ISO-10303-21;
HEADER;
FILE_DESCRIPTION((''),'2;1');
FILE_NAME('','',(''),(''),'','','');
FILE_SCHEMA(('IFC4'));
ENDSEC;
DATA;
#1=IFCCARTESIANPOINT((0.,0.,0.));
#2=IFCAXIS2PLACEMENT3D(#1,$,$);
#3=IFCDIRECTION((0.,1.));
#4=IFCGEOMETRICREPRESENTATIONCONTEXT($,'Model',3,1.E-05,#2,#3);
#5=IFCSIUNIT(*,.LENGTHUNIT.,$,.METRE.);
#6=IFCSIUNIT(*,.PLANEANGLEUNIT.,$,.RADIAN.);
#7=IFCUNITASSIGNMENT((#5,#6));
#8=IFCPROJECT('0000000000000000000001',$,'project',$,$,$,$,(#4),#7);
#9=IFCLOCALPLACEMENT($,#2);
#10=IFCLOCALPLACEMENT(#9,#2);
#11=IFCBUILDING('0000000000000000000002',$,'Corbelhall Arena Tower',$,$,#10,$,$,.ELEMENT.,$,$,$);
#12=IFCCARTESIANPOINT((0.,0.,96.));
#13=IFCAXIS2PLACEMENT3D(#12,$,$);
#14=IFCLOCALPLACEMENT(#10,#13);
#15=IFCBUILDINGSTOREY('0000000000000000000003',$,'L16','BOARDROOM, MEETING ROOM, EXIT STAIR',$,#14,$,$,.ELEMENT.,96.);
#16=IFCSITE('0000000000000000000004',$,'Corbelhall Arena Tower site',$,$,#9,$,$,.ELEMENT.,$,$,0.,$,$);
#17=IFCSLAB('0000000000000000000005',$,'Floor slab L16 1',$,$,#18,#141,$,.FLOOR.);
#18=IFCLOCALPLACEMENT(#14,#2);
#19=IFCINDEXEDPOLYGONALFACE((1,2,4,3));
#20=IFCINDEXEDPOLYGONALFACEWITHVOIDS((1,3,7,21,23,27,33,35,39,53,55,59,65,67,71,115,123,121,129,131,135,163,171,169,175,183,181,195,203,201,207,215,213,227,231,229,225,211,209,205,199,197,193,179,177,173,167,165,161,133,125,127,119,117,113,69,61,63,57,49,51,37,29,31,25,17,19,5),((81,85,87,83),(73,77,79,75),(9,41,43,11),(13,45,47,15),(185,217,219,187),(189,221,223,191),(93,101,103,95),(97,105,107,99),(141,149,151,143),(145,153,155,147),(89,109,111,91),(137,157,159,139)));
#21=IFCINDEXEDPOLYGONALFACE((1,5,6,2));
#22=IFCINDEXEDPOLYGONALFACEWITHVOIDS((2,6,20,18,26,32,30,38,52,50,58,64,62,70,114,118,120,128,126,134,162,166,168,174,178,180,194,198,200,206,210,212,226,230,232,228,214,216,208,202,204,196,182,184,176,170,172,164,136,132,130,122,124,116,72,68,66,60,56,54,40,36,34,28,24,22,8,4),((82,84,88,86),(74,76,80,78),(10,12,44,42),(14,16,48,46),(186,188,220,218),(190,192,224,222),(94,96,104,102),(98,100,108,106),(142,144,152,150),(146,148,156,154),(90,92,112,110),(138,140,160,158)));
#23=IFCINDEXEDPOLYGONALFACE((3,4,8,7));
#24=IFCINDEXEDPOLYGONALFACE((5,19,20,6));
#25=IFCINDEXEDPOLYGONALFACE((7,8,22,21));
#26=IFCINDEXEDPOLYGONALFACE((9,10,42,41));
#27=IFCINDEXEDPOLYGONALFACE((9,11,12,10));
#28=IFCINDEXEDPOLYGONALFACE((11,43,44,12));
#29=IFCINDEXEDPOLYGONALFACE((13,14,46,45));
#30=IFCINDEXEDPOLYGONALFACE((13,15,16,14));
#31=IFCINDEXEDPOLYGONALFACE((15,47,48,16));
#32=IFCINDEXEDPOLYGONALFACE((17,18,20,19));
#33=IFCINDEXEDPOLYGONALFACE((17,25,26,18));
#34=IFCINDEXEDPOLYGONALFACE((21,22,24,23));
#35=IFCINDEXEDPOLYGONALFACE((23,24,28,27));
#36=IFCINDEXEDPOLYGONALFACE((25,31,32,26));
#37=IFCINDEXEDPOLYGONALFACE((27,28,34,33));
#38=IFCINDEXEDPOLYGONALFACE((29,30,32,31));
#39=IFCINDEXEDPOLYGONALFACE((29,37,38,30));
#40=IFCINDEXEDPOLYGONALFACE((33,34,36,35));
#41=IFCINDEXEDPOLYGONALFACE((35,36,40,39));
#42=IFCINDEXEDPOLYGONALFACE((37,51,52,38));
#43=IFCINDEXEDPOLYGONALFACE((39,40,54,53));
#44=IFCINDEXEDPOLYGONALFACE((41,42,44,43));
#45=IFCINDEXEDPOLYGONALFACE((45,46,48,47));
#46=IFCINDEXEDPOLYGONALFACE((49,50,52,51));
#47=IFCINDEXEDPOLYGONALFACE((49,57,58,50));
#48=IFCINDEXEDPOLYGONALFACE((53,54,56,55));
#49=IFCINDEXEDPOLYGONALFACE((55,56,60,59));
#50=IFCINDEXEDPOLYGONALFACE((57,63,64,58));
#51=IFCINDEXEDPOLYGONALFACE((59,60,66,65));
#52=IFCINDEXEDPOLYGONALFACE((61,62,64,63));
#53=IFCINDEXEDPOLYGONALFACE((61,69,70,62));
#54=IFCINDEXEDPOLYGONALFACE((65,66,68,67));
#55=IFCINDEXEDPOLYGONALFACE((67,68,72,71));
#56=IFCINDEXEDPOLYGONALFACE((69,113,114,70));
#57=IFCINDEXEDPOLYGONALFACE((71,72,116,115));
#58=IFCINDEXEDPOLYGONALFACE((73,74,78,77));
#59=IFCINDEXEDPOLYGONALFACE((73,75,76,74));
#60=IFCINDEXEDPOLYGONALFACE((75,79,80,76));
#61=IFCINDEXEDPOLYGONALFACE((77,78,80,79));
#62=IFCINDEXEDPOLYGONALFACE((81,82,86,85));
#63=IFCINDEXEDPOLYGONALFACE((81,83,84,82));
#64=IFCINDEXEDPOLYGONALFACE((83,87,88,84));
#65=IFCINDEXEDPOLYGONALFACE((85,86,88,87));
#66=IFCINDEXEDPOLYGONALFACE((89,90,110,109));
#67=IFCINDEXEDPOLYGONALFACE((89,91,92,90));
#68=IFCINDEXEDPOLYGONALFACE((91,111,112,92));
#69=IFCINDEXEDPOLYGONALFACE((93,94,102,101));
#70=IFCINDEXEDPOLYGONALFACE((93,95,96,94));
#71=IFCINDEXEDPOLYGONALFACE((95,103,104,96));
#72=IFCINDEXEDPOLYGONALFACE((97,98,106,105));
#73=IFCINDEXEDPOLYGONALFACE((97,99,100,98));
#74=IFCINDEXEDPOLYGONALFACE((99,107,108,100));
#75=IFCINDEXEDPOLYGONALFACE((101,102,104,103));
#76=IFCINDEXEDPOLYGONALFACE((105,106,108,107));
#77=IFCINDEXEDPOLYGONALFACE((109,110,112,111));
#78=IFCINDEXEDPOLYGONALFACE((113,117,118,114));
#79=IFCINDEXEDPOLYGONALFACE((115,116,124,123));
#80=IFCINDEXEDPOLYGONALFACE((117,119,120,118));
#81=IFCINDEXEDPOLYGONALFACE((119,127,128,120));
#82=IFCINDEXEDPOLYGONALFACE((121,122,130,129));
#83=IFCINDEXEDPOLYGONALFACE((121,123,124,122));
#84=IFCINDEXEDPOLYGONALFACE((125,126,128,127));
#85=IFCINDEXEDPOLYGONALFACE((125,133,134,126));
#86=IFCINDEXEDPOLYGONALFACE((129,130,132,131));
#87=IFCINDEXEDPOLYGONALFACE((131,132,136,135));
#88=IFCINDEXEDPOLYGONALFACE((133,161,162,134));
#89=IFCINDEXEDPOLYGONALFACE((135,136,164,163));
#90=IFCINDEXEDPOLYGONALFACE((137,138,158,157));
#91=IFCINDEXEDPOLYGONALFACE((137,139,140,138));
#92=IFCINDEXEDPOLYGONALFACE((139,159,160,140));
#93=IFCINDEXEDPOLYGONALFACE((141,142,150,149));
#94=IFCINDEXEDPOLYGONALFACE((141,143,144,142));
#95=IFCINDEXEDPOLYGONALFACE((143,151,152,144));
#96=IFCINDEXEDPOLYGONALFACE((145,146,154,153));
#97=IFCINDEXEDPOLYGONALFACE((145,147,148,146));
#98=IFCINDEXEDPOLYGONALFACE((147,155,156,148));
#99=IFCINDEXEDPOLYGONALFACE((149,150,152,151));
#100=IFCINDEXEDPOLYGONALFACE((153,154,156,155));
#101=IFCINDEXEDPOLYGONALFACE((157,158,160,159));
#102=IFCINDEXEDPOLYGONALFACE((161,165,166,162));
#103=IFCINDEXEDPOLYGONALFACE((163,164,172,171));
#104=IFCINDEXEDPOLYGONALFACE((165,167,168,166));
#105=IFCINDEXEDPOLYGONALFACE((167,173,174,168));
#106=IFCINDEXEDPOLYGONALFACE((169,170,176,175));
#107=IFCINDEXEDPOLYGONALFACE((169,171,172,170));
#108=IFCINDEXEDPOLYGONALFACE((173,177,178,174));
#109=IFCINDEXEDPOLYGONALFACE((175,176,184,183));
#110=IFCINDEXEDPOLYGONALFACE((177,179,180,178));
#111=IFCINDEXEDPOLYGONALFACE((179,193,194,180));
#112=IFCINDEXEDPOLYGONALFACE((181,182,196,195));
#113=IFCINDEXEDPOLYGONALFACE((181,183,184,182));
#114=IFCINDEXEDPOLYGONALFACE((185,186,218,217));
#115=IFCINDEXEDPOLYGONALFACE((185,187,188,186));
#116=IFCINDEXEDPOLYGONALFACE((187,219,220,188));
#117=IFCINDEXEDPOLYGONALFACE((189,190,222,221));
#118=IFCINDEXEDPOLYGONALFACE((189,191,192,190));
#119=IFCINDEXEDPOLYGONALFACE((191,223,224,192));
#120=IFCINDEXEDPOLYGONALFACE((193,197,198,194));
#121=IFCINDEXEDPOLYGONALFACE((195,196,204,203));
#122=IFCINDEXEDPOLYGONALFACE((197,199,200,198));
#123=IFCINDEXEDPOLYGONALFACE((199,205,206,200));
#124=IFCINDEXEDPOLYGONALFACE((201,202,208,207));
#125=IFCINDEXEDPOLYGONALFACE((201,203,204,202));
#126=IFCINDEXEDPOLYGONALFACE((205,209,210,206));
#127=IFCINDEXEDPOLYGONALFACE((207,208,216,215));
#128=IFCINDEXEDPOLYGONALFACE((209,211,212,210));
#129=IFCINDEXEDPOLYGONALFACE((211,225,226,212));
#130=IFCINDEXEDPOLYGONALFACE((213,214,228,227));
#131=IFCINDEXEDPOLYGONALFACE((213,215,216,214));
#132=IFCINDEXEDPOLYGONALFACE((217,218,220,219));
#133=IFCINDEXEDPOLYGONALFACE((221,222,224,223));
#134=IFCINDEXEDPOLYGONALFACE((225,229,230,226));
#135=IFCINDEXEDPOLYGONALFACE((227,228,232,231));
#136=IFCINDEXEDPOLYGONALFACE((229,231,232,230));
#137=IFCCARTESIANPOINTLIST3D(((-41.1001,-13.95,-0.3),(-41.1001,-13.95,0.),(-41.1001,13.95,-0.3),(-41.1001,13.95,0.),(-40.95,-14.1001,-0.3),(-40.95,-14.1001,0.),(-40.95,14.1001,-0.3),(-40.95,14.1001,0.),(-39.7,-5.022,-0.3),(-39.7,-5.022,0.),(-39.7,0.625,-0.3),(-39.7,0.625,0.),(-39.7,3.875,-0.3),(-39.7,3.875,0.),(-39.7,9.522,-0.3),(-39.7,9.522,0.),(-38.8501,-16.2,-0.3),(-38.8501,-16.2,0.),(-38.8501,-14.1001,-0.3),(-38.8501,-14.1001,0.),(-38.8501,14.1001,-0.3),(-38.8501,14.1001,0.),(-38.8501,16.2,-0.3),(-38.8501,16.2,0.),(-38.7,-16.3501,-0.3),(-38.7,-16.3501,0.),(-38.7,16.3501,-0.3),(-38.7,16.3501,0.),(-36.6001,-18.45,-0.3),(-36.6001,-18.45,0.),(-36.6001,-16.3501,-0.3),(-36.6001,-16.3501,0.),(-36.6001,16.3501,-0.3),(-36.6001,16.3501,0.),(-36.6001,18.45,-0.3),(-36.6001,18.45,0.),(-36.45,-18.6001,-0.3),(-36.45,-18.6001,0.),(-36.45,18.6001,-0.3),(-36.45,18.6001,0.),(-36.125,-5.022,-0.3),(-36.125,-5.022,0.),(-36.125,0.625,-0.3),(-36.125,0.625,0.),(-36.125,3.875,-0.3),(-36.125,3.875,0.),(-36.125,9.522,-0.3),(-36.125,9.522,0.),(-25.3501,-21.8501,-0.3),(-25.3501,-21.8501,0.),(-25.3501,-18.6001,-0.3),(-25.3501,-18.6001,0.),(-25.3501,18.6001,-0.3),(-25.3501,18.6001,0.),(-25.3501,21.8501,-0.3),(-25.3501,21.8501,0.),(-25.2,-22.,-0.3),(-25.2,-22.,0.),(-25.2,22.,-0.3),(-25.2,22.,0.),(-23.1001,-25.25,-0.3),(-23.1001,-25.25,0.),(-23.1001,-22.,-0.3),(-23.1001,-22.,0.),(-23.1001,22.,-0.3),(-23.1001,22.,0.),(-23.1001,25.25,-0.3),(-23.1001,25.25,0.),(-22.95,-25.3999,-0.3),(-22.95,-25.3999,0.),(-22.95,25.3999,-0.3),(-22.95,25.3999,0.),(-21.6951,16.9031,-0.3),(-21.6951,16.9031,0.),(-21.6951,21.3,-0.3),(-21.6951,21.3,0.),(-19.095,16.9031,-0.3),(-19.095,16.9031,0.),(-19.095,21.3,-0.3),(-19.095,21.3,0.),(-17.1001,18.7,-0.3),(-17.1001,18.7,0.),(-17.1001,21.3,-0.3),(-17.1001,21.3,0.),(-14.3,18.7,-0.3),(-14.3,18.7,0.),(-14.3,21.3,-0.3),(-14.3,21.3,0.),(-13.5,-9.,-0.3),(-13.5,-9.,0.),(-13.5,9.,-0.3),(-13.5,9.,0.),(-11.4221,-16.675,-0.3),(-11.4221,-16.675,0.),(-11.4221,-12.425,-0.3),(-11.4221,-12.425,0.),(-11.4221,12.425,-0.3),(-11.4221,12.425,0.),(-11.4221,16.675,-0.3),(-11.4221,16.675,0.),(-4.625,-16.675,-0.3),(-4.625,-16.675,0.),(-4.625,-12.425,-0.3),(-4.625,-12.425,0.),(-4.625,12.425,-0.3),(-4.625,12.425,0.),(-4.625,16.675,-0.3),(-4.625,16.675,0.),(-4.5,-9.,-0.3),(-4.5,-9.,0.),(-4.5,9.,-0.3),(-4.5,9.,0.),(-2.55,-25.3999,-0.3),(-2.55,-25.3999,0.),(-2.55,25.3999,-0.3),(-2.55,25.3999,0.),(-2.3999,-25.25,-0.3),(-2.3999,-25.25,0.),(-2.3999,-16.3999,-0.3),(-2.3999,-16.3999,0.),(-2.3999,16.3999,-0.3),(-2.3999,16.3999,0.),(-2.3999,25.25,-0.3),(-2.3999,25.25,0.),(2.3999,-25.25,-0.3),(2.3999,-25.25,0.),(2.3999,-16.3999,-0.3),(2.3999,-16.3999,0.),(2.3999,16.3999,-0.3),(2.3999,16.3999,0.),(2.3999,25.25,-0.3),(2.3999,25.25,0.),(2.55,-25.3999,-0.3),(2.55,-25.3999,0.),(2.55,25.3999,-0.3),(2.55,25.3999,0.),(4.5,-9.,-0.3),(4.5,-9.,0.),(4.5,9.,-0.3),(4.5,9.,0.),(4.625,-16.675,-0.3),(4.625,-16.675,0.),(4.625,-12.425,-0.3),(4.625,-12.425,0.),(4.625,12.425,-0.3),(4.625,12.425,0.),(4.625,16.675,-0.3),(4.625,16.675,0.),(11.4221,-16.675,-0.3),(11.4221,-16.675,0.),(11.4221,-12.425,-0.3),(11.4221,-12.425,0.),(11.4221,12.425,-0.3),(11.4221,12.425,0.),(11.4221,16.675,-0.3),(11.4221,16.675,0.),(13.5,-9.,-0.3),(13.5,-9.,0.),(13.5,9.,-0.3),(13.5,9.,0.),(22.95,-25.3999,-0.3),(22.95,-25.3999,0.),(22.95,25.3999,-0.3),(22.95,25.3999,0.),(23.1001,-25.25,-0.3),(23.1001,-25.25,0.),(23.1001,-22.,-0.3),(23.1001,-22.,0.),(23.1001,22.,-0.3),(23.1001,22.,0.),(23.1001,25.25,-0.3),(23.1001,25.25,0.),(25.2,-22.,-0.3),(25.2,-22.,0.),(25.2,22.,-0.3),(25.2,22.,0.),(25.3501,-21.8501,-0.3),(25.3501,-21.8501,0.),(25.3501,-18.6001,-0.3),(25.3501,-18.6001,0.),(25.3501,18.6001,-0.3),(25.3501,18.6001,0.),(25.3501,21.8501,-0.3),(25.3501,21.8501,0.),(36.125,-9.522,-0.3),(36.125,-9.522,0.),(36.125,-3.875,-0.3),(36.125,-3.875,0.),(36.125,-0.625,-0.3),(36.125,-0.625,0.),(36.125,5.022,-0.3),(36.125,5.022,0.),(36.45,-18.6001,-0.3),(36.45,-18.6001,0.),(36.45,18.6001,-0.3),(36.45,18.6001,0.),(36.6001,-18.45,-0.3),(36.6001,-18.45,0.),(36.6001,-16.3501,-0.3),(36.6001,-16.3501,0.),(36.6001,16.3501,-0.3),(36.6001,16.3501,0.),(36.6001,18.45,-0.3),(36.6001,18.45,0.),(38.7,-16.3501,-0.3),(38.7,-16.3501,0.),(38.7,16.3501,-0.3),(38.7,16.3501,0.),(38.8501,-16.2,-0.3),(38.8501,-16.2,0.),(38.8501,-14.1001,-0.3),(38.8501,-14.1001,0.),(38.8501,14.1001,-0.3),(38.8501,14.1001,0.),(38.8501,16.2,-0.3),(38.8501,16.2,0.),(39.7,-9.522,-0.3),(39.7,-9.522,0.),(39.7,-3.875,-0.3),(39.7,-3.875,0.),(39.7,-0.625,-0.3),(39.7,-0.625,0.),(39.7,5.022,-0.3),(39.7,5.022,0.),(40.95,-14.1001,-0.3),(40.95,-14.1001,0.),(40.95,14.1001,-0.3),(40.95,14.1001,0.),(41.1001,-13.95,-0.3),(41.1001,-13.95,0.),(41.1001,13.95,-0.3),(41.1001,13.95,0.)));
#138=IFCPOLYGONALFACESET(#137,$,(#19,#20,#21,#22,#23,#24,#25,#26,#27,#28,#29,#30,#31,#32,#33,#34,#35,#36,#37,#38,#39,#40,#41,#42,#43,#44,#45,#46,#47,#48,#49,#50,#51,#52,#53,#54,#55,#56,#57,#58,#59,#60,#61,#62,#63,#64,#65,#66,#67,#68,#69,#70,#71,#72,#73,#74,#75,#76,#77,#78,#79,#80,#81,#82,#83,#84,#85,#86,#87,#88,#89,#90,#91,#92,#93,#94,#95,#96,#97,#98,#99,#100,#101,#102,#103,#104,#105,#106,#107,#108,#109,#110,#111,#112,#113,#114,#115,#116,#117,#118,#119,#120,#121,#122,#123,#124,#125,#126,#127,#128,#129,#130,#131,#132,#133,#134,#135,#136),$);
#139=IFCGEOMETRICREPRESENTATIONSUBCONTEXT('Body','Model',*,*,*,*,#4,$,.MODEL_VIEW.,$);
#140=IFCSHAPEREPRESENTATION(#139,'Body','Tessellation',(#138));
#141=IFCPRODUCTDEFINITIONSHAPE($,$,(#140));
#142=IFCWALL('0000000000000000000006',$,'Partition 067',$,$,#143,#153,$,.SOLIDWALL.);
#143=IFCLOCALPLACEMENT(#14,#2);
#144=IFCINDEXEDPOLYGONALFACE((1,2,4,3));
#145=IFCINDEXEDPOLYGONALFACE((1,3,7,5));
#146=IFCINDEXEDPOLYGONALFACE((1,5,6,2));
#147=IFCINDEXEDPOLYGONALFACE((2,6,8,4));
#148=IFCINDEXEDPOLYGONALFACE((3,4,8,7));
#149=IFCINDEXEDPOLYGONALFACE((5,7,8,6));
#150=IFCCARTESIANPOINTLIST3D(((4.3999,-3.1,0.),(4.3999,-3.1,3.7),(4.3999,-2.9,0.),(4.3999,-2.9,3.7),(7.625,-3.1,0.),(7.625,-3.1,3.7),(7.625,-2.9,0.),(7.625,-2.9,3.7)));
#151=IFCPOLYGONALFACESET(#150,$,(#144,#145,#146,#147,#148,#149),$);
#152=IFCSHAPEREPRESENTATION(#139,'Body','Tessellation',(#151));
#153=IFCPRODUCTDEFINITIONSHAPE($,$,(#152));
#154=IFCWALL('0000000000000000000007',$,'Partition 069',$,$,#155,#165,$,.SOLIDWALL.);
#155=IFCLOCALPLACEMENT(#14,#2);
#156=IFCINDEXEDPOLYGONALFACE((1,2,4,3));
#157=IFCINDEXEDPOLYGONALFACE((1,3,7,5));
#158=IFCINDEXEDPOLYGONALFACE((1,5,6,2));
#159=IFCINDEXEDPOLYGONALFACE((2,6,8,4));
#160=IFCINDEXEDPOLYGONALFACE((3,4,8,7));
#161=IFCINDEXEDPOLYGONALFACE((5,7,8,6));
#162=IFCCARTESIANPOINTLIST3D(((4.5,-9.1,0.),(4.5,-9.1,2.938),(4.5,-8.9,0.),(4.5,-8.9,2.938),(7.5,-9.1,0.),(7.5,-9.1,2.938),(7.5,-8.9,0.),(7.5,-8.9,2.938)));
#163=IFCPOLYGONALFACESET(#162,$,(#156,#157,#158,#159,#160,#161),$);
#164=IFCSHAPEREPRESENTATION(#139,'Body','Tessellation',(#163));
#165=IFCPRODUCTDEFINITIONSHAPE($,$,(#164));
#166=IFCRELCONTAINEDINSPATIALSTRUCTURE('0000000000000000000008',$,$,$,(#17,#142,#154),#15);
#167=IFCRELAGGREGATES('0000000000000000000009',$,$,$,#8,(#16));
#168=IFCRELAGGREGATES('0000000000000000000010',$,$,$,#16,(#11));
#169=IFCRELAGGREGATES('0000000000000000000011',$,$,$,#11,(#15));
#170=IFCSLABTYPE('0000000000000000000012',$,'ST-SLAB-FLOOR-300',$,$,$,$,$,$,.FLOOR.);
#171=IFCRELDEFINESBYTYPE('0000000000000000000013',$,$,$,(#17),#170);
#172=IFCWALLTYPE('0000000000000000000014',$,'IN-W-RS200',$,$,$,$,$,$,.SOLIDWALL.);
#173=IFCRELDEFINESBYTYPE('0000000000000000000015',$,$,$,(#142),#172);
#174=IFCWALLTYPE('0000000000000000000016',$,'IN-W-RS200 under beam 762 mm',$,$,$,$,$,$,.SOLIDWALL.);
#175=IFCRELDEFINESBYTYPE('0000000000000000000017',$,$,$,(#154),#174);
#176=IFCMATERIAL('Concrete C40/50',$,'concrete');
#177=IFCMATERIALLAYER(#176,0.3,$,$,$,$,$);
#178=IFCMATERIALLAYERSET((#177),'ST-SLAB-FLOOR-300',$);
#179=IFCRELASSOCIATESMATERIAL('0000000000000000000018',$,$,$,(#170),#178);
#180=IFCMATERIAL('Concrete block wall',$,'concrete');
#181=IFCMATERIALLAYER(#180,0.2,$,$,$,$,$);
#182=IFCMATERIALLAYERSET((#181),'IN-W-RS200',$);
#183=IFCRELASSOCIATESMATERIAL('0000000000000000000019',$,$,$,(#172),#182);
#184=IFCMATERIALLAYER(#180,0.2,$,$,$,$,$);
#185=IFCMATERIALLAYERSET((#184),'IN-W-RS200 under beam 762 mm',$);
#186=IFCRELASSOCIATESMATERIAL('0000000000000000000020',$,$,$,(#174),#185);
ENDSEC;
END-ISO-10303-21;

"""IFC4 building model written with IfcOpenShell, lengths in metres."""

from ifc_helpers import new_model, si_unit, direction, frame, frame_2d, origin, place, context, subcontext, project, spatial, polyline, rectangle, outline, extrude, material, layer, layer_set, type_object, element, save


model = new_model("IFC4")

# Units and contexts
model_context = context("Model", 3, precision=1e-05, world=origin(), true_north=direction((0.0, 1.0)))
body_context = subcontext(model_context, "Body", "Model", "MODEL_VIEW")
ifc_project = project(units=[si_unit("LENGTHUNIT", "METRE"), si_unit("PLANEANGLEUNIT", "RADIAN")], contexts=[model_context])

# Site, building, storey
site_placement = place(None, origin())
site = spatial("IfcSite", under=ifc_project, at=site_placement, Name="Corbelhall Arena Tower site", CompositionType="ELEMENT", RefElevation=0.0)
building_placement = place(site_placement, origin())
building = spatial("IfcBuilding", under=site, at=building_placement, Name="Corbelhall Arena Tower", CompositionType="ELEMENT")
storey_placement = place(building_placement, frame((0.0, 0.0, 96.0)))
storey = spatial("IfcBuildingStorey", under=building, at=storey_placement, Name="L16", Description="BOARDROOM, MEETING ROOM, EXIT STAIR", CompositionType="ELEMENT", Elevation=96.0)

# Shared definitions
ifc_material_1 = material(Name="Concrete C40/50", Category="concrete")

# Slab
ifc_layer_1 = layer(ifc_material_1, 0.3)
ifc_layer_set_1 = layer_set([ifc_layer_1], Name="ST-SLAB-FLOOR-300")
slab_type_1 = type_object("IfcSlabType", Name="ST-SLAB-FLOOR-300", PredefinedType="FLOOR", material=ifc_layer_set_1)
slab_1_placement = place(storey_placement, frame((0.0, 0.0, -0.3)))
element("IfcSlab", 1, at=slab_1_placement, inside=storey, type_object=slab_type_1, Name="Floor slab L16 1", PredefinedType="FLOOR", context=body_context, shape_type="SweptSolid", body=[
    extrude(outline(polyline([(25.3501, 18.6001), (25.3501, 21.8501), (25.2, 22.0), (23.1001, 22.0), (23.1001, 25.25), (22.95, 25.3999), (2.55, 25.3999), (2.3999, 25.25), (2.3999, 16.3999), (-2.3999, 16.3999), (-2.3999, 25.25), (-2.55, 25.3999), (-22.95, 25.3999), (-23.1001, 25.25), (-23.1001, 22.0), (-25.2, 22.0), (-25.3501, 21.8501), (-25.3501, 18.6001), (-36.45, 18.6001), (-36.6001, 18.45), (-36.6001, 16.3501), (-38.7, 16.3501), (-38.8501, 16.2), (-38.8501, 14.1001), (-40.95, 14.1001), (-41.1001, 13.95), (-41.1001, -13.95), (-40.95, -14.1001), (-38.8501, -14.1001), (-38.8501, -16.2), (-38.7, -16.3501), (-36.6001, -16.3501), (-36.6001, -18.45), (-36.45, -18.6001), (-25.3501, -18.6001), (-25.3501, -21.8501), (-25.2, -22.0), (-23.1001, -22.0), (-23.1001, -25.25), (-22.95, -25.3999), (-2.55, -25.3999), (-2.3999, -25.25), (-2.3999, -16.3999), (2.3999, -16.3999), (2.3999, -25.25), (2.55, -25.3999), (22.95, -25.3999), (23.1001, -25.25), (23.1001, -22.0), (25.2, -22.0), (25.3501, -21.8501), (25.3501, -18.6001), (36.45, -18.6001), (36.6001, -18.45), (36.6001, -16.3501), (38.7, -16.3501), (38.8501, -16.2), (38.8501, -14.1001), (40.95, -14.1001), (41.1001, -13.95), (41.1001, 13.95), (40.95, 14.1001), (38.8501, 14.1001), (38.8501, 16.2), (38.7, 16.3501), (36.6001, 16.3501), (36.6001, 18.45), (36.45, 18.6001), (25.3501, 18.6001)]), holes=[polyline([(-13.5, 9.0), (-13.5, -9.0), (-4.5, -9.0), (-4.5, 9.0), (-13.5, 9.0)]), polyline([(4.5, 9.0), (4.5, -9.0), (13.5, -9.0), (13.5, 9.0), (4.5, 9.0)]), polyline([(-4.625, 16.675), (-11.4221, 16.675), (-11.4221, 12.425), (-4.625, 12.425), (-4.625, 16.675)]), polyline([(-4.625, -16.675), (-4.625, -12.425), (-11.4221, -12.425), (-11.4221, -16.675), (-4.625, -16.675)]), polyline([(11.4221, 16.675), (4.625, 16.675), (4.625, 12.425), (11.4221, 12.425), (11.4221, 16.675)]), polyline([(11.4221, -16.675), (11.4221, -12.425), (4.625, -12.425), (4.625, -16.675), (11.4221, -16.675)]), polyline([(-36.125, 3.875), (-36.125, 9.522), (-39.7, 9.522), (-39.7, 3.875), (-36.125, 3.875)]), polyline([(-36.125, 0.625), (-39.7, 0.625), (-39.7, -5.022), (-36.125, -5.022), (-36.125, 0.625)]), polyline([(39.7, -9.522), (39.7, -3.875), (36.125, -3.875), (36.125, -9.522), (39.7, -9.522)]), polyline([(39.7, 5.022), (36.125, 5.022), (36.125, -0.625), (39.7, -0.625), (39.7, 5.022)]), polyline([(-21.6951, 21.3), (-21.6951, 16.9031), (-19.095, 16.9031), (-19.095, 21.3), (-21.6951, 21.3)]), polyline([(-14.3, 21.3), (-17.1001, 21.3), (-17.1001, 18.7), (-14.3, 18.7), (-14.3, 21.3)])]), origin(), (0.0, 0.0, 1.0), 0.3),
])

# Wall
ifc_material_2 = material(Name="Concrete block wall", Category="concrete")
ifc_layer_2 = layer(ifc_material_2, 0.2)
ifc_layer_set_2 = layer_set([ifc_layer_2], Name="IN-W-RS200")
wall_type_1 = type_object("IfcWallType", Name="IN-W-RS200", PredefinedType="SOLIDWALL", material=ifc_layer_set_2)
wall_1_placement = place(storey_placement, frame((4.3999, -3.0, 0.0), z_axis=(0.0, 0.0, 1.0), x_axis=(1.0, 0.0, 0.0)))
element("IfcWall", 2, at=wall_1_placement, inside=storey, type_object=wall_type_1, Name="Partition 067", PredefinedType="SOLIDWALL", context=body_context, shape_type="SweptSolid", body=[
    extrude(rectangle(XDim=3.2251, YDim=0.2, at=frame_2d((1.6125, 0.0))), origin(), (0.0, 0.0, 1.0), 3.7),
])

# Shared definitions
ifc_layer_3 = layer(ifc_material_2, 0.2)
ifc_layer_set_3 = layer_set([ifc_layer_3], Name="IN-W-RS200 under beam 762 mm")
wall_type_2 = type_object("IfcWallType", Name="IN-W-RS200 under beam 762 mm", PredefinedType="SOLIDWALL", material=ifc_layer_set_3)

# Wall
wall_2_placement = place(storey_placement, frame((7.5, -9.0, 0.0), z_axis=(0.0, 0.0, 1.0), x_axis=(-1.0, 0.0, 0.0)))
element("IfcWall", 3, at=wall_2_placement, inside=storey, type_object=wall_type_2, Name="Partition 069", PredefinedType="SOLIDWALL", context=body_context, shape_type="SweptSolid", body=[
    extrude(rectangle(XDim=3.0, YDim=0.2, at=frame_2d((1.5, 0.0))), origin(), (0.0, 0.0, 1.0), 2.938),
])

save(model, "model.ifc")
